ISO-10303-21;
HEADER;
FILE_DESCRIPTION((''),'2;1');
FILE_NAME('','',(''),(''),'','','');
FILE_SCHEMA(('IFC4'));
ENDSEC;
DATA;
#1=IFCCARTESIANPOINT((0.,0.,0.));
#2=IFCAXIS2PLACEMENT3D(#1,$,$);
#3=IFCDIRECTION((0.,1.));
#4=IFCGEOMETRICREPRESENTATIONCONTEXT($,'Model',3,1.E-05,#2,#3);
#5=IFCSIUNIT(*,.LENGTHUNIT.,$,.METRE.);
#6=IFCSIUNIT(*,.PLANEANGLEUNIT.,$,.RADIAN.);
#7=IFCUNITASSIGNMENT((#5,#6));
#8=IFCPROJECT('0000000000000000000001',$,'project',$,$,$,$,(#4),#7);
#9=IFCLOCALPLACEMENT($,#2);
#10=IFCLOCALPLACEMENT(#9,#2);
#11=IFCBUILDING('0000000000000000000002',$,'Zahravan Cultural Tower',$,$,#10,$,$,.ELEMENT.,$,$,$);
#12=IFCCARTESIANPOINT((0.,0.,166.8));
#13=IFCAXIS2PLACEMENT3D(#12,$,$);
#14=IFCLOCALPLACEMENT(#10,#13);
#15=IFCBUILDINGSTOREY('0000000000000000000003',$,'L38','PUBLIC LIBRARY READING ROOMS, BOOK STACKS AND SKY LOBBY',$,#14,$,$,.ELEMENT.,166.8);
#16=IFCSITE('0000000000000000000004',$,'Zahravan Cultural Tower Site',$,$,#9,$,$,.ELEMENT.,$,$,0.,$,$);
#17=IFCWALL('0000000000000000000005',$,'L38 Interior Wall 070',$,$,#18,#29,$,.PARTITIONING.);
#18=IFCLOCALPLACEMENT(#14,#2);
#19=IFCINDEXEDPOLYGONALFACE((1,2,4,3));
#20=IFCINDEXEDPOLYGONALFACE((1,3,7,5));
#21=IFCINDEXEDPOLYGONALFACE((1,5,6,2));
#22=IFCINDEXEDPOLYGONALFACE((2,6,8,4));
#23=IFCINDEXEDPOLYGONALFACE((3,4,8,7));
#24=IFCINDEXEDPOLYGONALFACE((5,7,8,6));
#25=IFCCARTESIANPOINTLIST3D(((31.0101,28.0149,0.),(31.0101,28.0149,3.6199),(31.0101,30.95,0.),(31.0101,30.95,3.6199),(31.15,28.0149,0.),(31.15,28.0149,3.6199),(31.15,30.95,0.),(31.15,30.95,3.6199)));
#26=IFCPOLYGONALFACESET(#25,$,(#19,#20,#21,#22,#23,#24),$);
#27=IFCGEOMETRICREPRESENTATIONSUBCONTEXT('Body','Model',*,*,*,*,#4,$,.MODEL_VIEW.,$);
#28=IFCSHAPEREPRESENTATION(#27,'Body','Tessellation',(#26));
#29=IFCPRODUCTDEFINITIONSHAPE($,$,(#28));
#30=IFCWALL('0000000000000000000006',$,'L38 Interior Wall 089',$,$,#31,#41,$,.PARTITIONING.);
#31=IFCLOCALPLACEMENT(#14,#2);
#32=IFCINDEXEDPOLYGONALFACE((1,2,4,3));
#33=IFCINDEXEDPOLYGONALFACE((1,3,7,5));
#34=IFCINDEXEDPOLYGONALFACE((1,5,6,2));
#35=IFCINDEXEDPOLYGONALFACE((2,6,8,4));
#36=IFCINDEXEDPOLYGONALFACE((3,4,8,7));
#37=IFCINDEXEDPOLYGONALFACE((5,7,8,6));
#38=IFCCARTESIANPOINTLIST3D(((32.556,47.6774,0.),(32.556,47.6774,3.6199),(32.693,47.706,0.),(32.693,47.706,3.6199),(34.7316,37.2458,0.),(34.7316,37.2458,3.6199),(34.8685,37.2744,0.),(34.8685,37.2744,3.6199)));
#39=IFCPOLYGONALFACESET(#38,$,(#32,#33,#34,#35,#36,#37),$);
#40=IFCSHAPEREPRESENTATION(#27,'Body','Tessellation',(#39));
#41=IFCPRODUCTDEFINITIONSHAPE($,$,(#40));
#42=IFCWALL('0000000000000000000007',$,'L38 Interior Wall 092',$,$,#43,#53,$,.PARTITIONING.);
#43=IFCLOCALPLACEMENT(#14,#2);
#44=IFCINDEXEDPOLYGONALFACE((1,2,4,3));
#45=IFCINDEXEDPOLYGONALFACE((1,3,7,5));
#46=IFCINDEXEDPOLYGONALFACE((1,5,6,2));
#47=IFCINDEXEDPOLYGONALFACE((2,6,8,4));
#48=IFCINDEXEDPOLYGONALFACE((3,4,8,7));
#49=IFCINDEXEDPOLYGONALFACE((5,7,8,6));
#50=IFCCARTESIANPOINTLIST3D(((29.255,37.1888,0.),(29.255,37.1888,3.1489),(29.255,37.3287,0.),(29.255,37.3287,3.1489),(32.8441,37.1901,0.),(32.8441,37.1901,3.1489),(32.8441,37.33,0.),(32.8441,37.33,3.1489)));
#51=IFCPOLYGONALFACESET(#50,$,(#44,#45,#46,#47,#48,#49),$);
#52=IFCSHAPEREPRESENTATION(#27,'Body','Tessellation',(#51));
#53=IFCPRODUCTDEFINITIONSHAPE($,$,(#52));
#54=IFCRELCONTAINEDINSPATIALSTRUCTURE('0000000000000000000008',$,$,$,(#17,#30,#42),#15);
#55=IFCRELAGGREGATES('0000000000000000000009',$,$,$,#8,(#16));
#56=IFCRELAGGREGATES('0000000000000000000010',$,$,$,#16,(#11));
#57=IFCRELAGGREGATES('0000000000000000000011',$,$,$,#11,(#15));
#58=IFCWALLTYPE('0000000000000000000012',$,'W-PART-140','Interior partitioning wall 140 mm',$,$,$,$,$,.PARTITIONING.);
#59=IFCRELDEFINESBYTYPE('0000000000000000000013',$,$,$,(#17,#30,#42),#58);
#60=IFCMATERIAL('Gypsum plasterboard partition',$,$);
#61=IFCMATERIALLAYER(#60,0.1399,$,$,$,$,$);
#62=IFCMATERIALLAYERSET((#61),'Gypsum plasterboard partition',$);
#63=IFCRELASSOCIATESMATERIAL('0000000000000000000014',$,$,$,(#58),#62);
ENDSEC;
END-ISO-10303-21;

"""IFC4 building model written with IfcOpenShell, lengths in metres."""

from ifc_helpers import new_model, si_unit, direction, frame, frame_2d, origin, place, context, subcontext, project, spatial, rectangle, extrude, source, transform, mapped, material, layer, layer_set, type_object, element, save


model = new_model("IFC4")

# Units and contexts
model_context = context("Model", 3, precision=1e-05, world=origin(), true_north=direction((0.0, 1.0)))
body_context = subcontext(model_context, "Body", "Model", "MODEL_VIEW")
ifc_project = project(units=[si_unit("LENGTHUNIT", "METRE"), si_unit("PLANEANGLEUNIT", "RADIAN")], contexts=[model_context])

# Site, building, storey
site_placement = place(None, origin())
site = spatial("IfcSite", under=ifc_project, at=site_placement, Name="Zahravan Cultural Tower Site", CompositionType="ELEMENT", RefElevation=0.0)
building_placement = place(site_placement, origin())
building = spatial("IfcBuilding", under=site, at=building_placement, Name="Zahravan Cultural Tower", CompositionType="ELEMENT")
storey_placement = place(building_placement, frame((0.0, 0.0, 166.8)))
storey = spatial("IfcBuildingStorey", under=building, at=storey_placement, Name="L38", Description="PUBLIC LIBRARY READING ROOMS, BOOK STACKS AND SKY LOBBY", CompositionType="ELEMENT", Elevation=166.8)

# Shared definitions
ifc_material_1 = material(Name="Gypsum plasterboard partition")
ifc_layer_1 = layer(ifc_material_1, 0.1399)
ifc_layer_set_1 = layer_set([ifc_layer_1], Name="Gypsum plasterboard partition")
wall_type_1 = type_object("IfcWallType", Name="W-PART-140", Description="Interior partitioning wall 140 mm", PredefinedType="PARTITIONING", material=ifc_layer_set_1)

# Walls
shared_shape_1 = source(origin(), body_context, "Body", "SweptSolid", [
    extrude(rectangle(XDim=2.9351, YDim=0.1399, at=frame_2d((1.4675, 0.0))), origin(), (0.0, 0.0, 1.0), 3.6199),
])
wall_1_placement = place(storey_placement, frame((31.0801, 28.0149, 0.0), z_axis=(0.0, 0.0, 1.0), x_axis=(0.0, 1.0, 0.0)))
element("IfcWall", 1, at=wall_1_placement, inside=storey, type_object=wall_type_1, Name="L38 Interior Wall 070", PredefinedType="PARTITIONING", context=body_context, shape_type="MappedRepresentation", body=[
    mapped(shared_shape_1, transform((0.0, 0.0, 0.0), x_axis=(1.0, 0.0, 0.0), y_axis=(0.0, 1.0, 0.0), z_axis=(0.0, 0.0, 1.0), scale=1.0)),
])
shared_shape_2 = source(origin(), body_context, "Body", "SweptSolid", [
    extrude(rectangle(XDim=10.656, YDim=0.1399, at=frame_2d((5.3281, 0.0))), origin(), (0.0, 0.0, 1.0), 3.6199),
])
wall_2_placement = place(storey_placement, frame((34.8, 37.26, 0.0), z_axis=(0.0, 0.0, 1.0), x_axis=(-0.204159, 0.978938, 0.0)))
element("IfcWall", 2, at=wall_2_placement, inside=storey, type_object=wall_type_1, Name="L38 Interior Wall 089", PredefinedType="PARTITIONING", context=body_context, shape_type="MappedRepresentation", body=[
    mapped(shared_shape_2, transform((0.0, 0.0, 0.0), x_axis=(1.0, 0.0, 0.0), y_axis=(0.0, 1.0, 0.0), z_axis=(0.0, 0.0, 1.0), scale=1.0)),
])
shared_shape_3 = source(origin(), body_context, "Body", "SweptSolid", [
    extrude(rectangle(XDim=3.5891, YDim=0.1399, at=frame_2d((1.7944, 0.0))), origin(), (0.0, 0.0, 1.0), 3.1489),
])
wall_3_placement = place(storey_placement, frame((32.844, 37.26, 0.0), z_axis=(0.0, 0.0, 1.0), x_axis=(-1.0, -0.00034, 0.0)))
element("IfcWall", 3, at=wall_3_placement, inside=storey, type_object=wall_type_1, Name="L38 Interior Wall 092", PredefinedType="PARTITIONING", context=body_context, shape_type="MappedRepresentation", body=[
    mapped(shared_shape_3, transform((0.0, 0.0, 0.0), x_axis=(1.0, 0.0, 0.0), y_axis=(0.0, 1.0, 0.0), z_axis=(0.0, 0.0, 1.0), scale=1.0)),
])

save(model, "model.ifc")
